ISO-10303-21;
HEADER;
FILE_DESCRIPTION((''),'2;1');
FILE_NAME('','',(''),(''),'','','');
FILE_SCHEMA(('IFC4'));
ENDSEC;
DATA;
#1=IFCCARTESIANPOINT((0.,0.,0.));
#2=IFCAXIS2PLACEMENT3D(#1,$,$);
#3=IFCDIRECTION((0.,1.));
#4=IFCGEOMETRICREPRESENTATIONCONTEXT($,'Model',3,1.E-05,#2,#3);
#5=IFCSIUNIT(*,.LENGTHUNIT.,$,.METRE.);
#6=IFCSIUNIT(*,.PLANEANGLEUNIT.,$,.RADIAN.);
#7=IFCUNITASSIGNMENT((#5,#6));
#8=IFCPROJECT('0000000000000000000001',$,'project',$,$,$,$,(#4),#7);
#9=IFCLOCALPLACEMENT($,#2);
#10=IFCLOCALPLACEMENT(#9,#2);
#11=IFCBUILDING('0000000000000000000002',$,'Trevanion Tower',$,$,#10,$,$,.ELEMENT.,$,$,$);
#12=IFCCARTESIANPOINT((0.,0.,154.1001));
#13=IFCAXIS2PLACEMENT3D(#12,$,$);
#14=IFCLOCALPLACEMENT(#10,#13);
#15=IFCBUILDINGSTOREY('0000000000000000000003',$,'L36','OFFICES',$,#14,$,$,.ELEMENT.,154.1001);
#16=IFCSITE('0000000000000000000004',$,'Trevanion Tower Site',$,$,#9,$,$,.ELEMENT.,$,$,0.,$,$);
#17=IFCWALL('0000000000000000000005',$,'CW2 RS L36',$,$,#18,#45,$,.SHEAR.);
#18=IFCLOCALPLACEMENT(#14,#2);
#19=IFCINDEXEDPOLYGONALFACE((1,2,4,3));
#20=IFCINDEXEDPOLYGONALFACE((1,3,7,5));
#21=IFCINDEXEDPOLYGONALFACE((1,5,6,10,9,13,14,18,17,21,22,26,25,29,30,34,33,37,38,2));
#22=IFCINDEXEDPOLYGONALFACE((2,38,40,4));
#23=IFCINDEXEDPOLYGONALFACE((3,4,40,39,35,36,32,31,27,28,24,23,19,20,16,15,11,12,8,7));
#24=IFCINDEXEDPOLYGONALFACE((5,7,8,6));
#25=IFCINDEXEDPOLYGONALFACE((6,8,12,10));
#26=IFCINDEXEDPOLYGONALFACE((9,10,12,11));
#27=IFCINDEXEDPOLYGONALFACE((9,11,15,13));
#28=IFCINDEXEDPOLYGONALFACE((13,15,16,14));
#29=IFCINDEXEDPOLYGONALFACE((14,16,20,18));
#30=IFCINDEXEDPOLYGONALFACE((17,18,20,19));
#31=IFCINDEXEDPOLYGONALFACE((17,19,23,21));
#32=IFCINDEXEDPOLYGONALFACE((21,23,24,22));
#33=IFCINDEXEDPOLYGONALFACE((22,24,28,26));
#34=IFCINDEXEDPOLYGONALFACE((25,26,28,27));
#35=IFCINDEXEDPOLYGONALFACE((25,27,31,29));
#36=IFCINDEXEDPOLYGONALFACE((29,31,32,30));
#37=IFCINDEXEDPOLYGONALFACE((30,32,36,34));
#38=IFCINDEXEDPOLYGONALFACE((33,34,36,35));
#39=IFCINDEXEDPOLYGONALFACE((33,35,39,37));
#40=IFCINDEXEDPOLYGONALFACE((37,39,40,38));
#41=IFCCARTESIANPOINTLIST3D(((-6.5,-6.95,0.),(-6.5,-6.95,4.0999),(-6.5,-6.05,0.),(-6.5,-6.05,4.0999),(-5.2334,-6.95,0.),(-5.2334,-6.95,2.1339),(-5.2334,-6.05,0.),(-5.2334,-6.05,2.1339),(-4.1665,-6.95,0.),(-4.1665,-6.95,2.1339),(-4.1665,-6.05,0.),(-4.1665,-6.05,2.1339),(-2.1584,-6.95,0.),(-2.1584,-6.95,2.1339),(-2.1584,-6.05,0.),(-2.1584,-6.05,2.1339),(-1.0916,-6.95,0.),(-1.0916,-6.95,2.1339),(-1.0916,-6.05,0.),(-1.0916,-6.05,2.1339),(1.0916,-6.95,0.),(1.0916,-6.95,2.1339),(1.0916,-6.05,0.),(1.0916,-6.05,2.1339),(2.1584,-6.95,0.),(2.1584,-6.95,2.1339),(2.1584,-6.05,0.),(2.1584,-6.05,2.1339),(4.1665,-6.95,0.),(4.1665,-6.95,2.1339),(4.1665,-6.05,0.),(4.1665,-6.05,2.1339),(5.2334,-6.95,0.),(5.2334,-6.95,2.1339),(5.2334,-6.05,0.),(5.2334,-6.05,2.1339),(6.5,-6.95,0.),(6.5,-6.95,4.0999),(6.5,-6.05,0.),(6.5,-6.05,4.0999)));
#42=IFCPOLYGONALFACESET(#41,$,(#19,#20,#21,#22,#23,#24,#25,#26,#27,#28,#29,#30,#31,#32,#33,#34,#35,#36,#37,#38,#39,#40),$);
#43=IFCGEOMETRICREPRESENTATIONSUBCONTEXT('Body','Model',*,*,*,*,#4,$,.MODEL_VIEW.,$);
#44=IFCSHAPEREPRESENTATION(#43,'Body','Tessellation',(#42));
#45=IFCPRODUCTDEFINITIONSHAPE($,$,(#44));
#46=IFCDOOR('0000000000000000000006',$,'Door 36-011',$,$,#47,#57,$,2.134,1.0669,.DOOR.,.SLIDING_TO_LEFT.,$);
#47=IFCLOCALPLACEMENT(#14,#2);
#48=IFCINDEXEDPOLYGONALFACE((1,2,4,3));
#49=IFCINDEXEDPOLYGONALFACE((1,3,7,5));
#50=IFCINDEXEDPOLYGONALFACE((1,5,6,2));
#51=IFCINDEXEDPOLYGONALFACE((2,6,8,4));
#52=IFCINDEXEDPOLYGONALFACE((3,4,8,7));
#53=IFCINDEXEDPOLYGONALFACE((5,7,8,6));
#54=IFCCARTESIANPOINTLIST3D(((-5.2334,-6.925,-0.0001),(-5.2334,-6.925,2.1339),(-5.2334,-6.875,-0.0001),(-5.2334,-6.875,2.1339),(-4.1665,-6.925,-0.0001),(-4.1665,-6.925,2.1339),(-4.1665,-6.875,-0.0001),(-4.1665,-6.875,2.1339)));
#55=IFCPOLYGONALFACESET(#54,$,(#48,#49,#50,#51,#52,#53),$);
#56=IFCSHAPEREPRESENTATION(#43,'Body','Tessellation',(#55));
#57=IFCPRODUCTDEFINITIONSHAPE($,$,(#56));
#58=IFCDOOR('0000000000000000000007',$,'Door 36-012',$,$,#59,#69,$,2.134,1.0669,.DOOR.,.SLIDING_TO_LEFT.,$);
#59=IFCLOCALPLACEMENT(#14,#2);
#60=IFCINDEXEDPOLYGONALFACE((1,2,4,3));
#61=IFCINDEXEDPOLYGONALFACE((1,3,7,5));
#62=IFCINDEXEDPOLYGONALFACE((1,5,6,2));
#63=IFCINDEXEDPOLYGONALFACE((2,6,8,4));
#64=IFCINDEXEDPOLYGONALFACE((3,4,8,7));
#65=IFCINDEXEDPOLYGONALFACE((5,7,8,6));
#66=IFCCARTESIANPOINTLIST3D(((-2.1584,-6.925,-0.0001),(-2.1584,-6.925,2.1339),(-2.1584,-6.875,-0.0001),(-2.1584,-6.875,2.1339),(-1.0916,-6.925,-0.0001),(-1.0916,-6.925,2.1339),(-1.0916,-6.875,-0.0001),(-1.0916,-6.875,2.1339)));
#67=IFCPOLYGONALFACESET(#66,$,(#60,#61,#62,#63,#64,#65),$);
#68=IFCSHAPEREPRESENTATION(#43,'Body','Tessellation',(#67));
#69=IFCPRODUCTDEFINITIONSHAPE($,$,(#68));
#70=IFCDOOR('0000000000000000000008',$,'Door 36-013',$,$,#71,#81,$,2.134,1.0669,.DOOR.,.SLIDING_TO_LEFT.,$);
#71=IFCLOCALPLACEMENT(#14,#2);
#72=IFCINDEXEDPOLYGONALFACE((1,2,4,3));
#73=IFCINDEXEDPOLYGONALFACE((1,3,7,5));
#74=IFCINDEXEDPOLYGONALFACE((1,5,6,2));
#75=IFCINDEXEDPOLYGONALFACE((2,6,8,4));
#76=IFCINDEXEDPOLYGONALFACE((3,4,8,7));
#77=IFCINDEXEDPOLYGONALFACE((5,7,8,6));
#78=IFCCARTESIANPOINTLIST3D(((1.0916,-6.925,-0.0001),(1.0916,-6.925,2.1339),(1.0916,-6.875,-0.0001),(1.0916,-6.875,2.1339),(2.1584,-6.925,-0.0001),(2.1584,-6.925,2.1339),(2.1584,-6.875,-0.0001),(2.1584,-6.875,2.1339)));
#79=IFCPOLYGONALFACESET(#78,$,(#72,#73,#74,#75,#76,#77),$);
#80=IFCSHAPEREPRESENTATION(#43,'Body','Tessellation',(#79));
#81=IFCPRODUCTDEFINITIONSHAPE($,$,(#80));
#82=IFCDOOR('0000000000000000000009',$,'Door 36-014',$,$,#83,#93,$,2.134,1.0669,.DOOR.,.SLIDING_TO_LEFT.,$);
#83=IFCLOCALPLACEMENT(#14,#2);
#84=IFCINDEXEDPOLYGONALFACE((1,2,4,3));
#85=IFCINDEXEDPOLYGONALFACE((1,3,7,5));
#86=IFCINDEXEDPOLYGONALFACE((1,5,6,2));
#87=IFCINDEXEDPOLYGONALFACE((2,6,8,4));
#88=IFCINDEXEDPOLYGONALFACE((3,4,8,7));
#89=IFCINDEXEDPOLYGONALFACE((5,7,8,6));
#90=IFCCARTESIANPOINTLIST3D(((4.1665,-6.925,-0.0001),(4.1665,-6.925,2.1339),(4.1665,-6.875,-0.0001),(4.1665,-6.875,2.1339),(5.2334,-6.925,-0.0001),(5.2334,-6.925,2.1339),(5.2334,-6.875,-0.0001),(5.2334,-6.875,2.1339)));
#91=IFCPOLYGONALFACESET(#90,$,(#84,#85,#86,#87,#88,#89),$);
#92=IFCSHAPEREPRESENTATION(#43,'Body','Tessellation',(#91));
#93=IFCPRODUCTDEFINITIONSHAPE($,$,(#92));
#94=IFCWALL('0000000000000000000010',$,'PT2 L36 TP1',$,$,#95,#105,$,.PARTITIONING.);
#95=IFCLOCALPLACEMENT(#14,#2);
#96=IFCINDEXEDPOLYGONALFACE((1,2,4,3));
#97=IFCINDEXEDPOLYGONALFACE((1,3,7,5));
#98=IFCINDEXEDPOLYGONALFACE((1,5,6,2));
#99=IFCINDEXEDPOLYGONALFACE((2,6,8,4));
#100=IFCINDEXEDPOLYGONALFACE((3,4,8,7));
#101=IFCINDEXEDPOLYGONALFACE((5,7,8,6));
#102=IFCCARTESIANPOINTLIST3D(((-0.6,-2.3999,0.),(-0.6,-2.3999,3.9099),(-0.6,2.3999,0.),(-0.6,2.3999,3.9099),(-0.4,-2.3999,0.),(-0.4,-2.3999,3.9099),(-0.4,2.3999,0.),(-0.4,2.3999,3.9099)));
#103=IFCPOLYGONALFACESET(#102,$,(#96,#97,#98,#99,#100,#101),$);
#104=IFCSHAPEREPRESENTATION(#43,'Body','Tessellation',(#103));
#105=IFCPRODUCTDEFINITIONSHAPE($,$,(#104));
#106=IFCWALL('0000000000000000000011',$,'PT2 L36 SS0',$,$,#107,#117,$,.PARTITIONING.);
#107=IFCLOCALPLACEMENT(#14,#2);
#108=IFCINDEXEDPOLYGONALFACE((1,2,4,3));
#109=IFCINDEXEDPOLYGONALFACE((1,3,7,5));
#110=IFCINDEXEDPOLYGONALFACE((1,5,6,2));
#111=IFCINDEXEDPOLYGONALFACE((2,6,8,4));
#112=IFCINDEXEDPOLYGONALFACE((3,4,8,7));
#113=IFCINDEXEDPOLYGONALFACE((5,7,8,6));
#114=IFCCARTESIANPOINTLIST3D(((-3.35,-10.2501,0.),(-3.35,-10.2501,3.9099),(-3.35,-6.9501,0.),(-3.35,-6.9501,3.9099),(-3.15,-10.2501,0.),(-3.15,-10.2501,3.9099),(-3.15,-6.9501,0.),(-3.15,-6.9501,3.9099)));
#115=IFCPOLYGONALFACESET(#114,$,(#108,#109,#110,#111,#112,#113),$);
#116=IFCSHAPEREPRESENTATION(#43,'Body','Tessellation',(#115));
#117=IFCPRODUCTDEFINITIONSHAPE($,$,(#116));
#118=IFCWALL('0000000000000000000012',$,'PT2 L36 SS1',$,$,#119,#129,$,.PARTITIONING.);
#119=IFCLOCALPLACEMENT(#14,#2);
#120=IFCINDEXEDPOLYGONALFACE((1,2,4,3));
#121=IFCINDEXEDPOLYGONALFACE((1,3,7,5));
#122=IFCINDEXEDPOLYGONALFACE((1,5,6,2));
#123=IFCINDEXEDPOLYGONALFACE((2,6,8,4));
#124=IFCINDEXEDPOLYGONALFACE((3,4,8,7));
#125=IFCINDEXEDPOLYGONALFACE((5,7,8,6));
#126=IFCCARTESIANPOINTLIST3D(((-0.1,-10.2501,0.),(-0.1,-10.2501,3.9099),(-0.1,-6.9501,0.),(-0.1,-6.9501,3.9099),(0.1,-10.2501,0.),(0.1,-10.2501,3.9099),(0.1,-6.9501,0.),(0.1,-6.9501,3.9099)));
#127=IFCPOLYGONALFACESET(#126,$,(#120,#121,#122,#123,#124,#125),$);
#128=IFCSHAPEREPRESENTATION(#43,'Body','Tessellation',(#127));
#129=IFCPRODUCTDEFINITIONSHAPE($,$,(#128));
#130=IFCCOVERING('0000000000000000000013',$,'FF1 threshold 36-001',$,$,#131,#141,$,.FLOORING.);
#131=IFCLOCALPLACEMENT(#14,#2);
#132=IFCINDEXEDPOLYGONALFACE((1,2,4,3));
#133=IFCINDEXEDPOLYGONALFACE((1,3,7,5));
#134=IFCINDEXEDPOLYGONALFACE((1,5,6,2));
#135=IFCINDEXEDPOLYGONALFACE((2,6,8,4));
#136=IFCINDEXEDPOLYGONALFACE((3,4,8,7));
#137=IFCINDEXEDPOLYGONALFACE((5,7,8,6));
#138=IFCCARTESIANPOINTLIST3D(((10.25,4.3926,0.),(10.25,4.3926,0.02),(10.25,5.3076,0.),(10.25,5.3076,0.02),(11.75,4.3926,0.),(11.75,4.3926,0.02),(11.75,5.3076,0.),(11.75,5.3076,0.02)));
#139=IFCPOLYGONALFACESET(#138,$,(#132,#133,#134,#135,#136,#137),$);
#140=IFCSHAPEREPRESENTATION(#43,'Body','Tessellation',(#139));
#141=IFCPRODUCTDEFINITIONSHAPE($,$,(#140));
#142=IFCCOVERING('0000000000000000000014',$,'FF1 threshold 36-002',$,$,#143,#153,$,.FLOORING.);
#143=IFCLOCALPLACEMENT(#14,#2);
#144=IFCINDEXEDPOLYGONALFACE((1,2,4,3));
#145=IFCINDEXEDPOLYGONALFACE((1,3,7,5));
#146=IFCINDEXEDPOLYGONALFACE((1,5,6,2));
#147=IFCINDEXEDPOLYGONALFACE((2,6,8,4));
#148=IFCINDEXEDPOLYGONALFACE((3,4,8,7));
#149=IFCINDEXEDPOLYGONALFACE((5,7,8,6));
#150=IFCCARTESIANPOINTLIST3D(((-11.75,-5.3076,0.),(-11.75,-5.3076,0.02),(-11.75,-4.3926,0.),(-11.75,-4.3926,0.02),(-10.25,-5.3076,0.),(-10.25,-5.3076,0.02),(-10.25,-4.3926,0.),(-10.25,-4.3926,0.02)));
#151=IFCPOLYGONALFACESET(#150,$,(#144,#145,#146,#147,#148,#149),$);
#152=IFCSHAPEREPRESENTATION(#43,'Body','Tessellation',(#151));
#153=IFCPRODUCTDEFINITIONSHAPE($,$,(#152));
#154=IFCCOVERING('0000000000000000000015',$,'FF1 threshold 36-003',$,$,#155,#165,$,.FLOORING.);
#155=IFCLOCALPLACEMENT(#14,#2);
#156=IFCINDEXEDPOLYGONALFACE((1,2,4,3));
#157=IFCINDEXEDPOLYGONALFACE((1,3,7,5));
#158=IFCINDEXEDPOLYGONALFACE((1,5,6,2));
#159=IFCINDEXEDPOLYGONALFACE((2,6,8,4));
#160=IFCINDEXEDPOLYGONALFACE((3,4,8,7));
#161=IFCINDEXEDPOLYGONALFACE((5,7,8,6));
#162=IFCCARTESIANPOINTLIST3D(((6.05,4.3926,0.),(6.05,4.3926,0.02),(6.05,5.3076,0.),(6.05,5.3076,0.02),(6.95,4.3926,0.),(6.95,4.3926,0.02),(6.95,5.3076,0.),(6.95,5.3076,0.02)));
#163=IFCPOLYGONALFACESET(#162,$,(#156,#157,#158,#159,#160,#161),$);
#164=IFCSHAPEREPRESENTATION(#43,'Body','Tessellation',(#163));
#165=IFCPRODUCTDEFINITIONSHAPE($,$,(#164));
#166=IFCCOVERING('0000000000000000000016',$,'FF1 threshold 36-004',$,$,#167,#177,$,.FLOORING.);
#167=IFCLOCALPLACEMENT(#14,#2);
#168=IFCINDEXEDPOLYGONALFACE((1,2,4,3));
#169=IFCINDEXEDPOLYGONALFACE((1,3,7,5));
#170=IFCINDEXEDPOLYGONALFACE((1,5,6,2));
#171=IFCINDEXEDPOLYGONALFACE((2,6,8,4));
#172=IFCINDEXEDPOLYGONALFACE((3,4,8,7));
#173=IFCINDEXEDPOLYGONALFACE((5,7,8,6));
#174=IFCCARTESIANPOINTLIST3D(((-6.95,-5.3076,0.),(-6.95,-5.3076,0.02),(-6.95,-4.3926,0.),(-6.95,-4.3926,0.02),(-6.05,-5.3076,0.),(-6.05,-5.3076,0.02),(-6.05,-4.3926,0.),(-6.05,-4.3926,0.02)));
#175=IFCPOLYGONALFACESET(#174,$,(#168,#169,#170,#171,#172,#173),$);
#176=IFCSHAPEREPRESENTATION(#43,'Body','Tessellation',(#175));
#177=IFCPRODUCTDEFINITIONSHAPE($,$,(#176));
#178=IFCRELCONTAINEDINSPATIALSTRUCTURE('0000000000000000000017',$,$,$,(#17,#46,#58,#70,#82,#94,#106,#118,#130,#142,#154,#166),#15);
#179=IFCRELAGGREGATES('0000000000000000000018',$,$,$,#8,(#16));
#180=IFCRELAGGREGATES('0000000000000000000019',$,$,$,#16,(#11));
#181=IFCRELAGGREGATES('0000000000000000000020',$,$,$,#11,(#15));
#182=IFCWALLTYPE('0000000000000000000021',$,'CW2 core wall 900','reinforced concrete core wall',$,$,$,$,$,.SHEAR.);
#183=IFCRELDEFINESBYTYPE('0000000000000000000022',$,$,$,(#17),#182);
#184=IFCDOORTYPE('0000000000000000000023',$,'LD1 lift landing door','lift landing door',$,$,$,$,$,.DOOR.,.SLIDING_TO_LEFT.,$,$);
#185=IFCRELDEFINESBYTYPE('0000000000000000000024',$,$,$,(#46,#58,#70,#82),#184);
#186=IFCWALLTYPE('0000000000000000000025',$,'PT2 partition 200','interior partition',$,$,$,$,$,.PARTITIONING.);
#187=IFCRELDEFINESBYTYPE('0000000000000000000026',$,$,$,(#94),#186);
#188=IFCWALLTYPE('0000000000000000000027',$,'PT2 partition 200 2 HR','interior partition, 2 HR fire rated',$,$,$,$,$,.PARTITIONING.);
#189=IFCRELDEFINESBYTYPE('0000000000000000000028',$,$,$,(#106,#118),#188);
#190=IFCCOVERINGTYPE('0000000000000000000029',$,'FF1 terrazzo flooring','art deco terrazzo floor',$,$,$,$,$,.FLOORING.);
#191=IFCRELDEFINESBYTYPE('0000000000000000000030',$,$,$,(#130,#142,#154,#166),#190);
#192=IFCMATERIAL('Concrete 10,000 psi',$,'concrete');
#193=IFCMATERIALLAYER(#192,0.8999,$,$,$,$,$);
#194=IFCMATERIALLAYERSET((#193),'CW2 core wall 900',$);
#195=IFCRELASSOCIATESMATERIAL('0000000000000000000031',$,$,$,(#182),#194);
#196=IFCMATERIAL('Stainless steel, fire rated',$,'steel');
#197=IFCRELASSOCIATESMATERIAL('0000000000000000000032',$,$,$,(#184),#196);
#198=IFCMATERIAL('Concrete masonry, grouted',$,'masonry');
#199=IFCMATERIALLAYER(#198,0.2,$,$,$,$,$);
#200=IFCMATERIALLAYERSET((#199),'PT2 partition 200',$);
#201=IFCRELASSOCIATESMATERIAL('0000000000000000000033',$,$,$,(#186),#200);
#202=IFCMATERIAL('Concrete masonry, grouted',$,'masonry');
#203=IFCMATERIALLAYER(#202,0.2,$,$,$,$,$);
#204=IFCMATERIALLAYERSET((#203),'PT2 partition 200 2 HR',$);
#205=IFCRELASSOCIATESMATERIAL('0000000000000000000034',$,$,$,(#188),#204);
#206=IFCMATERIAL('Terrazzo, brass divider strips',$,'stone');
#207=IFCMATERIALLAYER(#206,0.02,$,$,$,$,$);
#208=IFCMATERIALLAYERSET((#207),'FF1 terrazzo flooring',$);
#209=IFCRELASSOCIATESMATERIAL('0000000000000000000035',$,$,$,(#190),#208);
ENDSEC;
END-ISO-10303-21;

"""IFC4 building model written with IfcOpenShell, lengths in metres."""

from ifc_helpers import new_model, si_unit, direction, frame, frame_2d, origin, place, context, subcontext, project, spatial, polyline, rectangle, outline, extrude, material, layer, layer_set, type_object, element, fill, save


model = new_model("IFC4")

# Units and contexts
model_context = context("Model", 3, precision=1e-05, world=origin(), true_north=direction((0.0, 1.0)))
body_context = subcontext(model_context, "Body", "Model", "MODEL_VIEW")
ifc_project = project(units=[si_unit("LENGTHUNIT", "METRE"), si_unit("PLANEANGLEUNIT", "RADIAN")], contexts=[model_context])

# Site, building, storey
site_placement = place(None, origin())
site = spatial("IfcSite", under=ifc_project, at=site_placement, Name="Trevanion Tower Site", CompositionType="ELEMENT", RefElevation=0.0)
building_placement = place(site_placement, origin())
building = spatial("IfcBuilding", under=site, at=building_placement, Name="Trevanion Tower", CompositionType="ELEMENT")
storey_placement = place(building_placement, frame((0.0, 0.0, 154.1001)))
storey = spatial("IfcBuildingStorey", under=building, at=storey_placement, Name="L36", Description="OFFICES", CompositionType="ELEMENT", Elevation=154.1001)

# Wall, openings, doors
ifc_material_1 = material(Name="Concrete 10,000 psi", Category="concrete")
ifc_layer_1 = layer(ifc_material_1, 0.8999)
ifc_layer_set_1 = layer_set([ifc_layer_1], Name="CW2 core wall 900")
wall_type_1 = type_object("IfcWallType", Name="CW2 core wall 900", Description="reinforced concrete core wall", PredefinedType="SHEAR", material=ifc_layer_set_1)
wall_1_placement = place(storey_placement, frame((-6.5, -6.5, 0.0), z_axis=(0.0, 0.0, 1.0), x_axis=(1.0, 0.0, 0.0)))
wall_1 = element("IfcWall", 1, at=wall_1_placement, inside=storey, type_object=wall_type_1, Name="CW2 RS L36", PredefinedType="SHEAR", context=body_context, shape_type="SweptSolid", body=[
    extrude(rectangle(XDim=13.0, YDim=0.8999, at=frame_2d((6.5, 0.0))), origin(), (0.0, 0.0, 1.0), 4.0999),
])
opening_1_placement = place(wall_1_placement, frame((1.2666, 0.0, 0.0)))
opening_1 = element("IfcOpeningElement", 2, at=opening_1_placement, cuts=wall_1, PredefinedType="OPENING", context=body_context, shape_type="SweptSolid", body=[
    extrude(rectangle(XDim=1.0669, YDim=2.134, at=frame_2d((0.5334, 1.0669))), frame((0.0, 0.46, 0.0), z_axis=(0.0, -1.0, 0.0), x_axis=(1.0, 0.0, 0.0)), (0.0, 0.0, 1.0), 0.9199),
])
opening_2_placement = place(wall_1_placement, frame((4.3416, 0.0, 0.0)))
opening_2 = element("IfcOpeningElement", 3, at=opening_2_placement, cuts=wall_1, PredefinedType="OPENING", context=body_context, shape_type="SweptSolid", body=[
    extrude(rectangle(XDim=1.0669, YDim=2.134, at=frame_2d((0.5334, 1.0669))), frame((0.0, 0.46, 0.0), z_axis=(0.0, -1.0, 0.0), x_axis=(1.0, 0.0, 0.0)), (0.0, 0.0, 1.0), 0.9199),
])
opening_3_placement = place(wall_1_placement, frame((7.5916, 0.0, 0.0)))
opening_3 = element("IfcOpeningElement", 4, at=opening_3_placement, cuts=wall_1, PredefinedType="OPENING", context=body_context, shape_type="SweptSolid", body=[
    extrude(rectangle(XDim=1.0669, YDim=2.134, at=frame_2d((0.5334, 1.0669))), frame((0.0, 0.46, 0.0), z_axis=(0.0, -1.0, 0.0), x_axis=(1.0, 0.0, 0.0)), (0.0, 0.0, 1.0), 0.9199),
])
opening_4_placement = place(wall_1_placement, frame((10.6665, 0.0, 0.0)))
opening_4 = element("IfcOpeningElement", 5, at=opening_4_placement, cuts=wall_1, PredefinedType="OPENING", context=body_context, shape_type="SweptSolid", body=[
    extrude(rectangle(XDim=1.0669, YDim=2.134, at=frame_2d((0.5334, 1.0669))), frame((0.0, 0.46, 0.0), z_axis=(0.0, -1.0, 0.0), x_axis=(1.0, 0.0, 0.0)), (0.0, 0.0, 1.0), 0.9199),
])
ifc_material_2 = material(Name="Stainless steel, fire rated", Category="steel")
door_type = type_object("IfcDoorType", Name="LD1 lift landing door", Description="lift landing door", OperationType="SLIDING_TO_LEFT", PredefinedType="DOOR", material=ifc_material_2)
door_1_placement = place(opening_1_placement, origin())
door_1 = element("IfcDoor", 6, at=door_1_placement, inside=storey, type_object=door_type, Name="Door 36-011", OperationType="SLIDING_TO_LEFT", OverallHeight=2.134, OverallWidth=1.0669, PredefinedType="DOOR", context=body_context, shape_type="SweptSolid", body=[
    extrude(rectangle(XDim=1.0669, YDim=2.134, at=frame_2d((0.5334, 1.0669))), frame((0.0, -0.375, 0.0), z_axis=(0.0, -1.0, 0.0), x_axis=(1.0, 0.0, 0.0)), (0.0, 0.0, 1.0), 0.05),
])
fill(opening_1, door_1)
door_2_placement = place(opening_2_placement, origin())
door_2 = element("IfcDoor", 7, at=door_2_placement, inside=storey, type_object=door_type, Name="Door 36-012", OperationType="SLIDING_TO_LEFT", OverallHeight=2.134, OverallWidth=1.0669, PredefinedType="DOOR", context=body_context, shape_type="SweptSolid", body=[
    extrude(rectangle(XDim=1.0669, YDim=2.134, at=frame_2d((0.5334, 1.0669))), frame((0.0, -0.375, 0.0), z_axis=(0.0, -1.0, 0.0), x_axis=(1.0, 0.0, 0.0)), (0.0, 0.0, 1.0), 0.05),
])
fill(opening_2, door_2)
door_3_placement = place(opening_3_placement, origin())
door_3 = element("IfcDoor", 8, at=door_3_placement, inside=storey, type_object=door_type, Name="Door 36-013", OperationType="SLIDING_TO_LEFT", OverallHeight=2.134, OverallWidth=1.0669, PredefinedType="DOOR", context=body_context, shape_type="SweptSolid", body=[
    extrude(rectangle(XDim=1.0669, YDim=2.134, at=frame_2d((0.5334, 1.0669))), frame((0.0, -0.375, 0.0), z_axis=(0.0, -1.0, 0.0), x_axis=(1.0, 0.0, 0.0)), (0.0, 0.0, 1.0), 0.05),
])
fill(opening_3, door_3)
door_4_placement = place(opening_4_placement, origin())
door_4 = element("IfcDoor", 9, at=door_4_placement, inside=storey, type_object=door_type, Name="Door 36-014", OperationType="SLIDING_TO_LEFT", OverallHeight=2.134, OverallWidth=1.0669, PredefinedType="DOOR", context=body_context, shape_type="SweptSolid", body=[
    extrude(rectangle(XDim=1.0669, YDim=2.134, at=frame_2d((0.5334, 1.0669))), frame((0.0, -0.375, 0.0), z_axis=(0.0, -1.0, 0.0), x_axis=(1.0, 0.0, 0.0)), (0.0, 0.0, 1.0), 0.05),
])
fill(opening_4, door_4)

# Walls
ifc_material_3 = material(Name="Concrete masonry, grouted", Category="masonry")
ifc_layer_2 = layer(ifc_material_3, 0.2)
ifc_layer_set_2 = layer_set([ifc_layer_2], Name="PT2 partition 200")
wall_type_2 = type_object("IfcWallType", Name="PT2 partition 200", Description="interior partition", PredefinedType="PARTITIONING", material=ifc_layer_set_2)
wall_2_placement = place(storey_placement, frame((-0.5, -2.3999, 0.0), z_axis=(0.0, 0.0, 1.0), x_axis=(0.0, 1.0, 0.0)))
element("IfcWall", 10, at=wall_2_placement, inside=storey, type_object=wall_type_2, Name="PT2 L36 TP1", PredefinedType="PARTITIONING", context=body_context, shape_type="SweptSolid", body=[
    extrude(rectangle(XDim=4.7998, YDim=0.2, at=frame_2d((2.3999, 0.0))), origin(), (0.0, 0.0, 1.0), 3.9099),
])
ifc_material_4 = material(Name="Concrete masonry, grouted", Category="masonry")
ifc_layer_3 = layer(ifc_material_4, 0.2)
ifc_layer_set_3 = layer_set([ifc_layer_3], Name="PT2 partition 200 2 HR")
wall_type_3 = type_object("IfcWallType", Name="PT2 partition 200 2 HR", Description="interior partition, 2 HR fire rated", PredefinedType="PARTITIONING", material=ifc_layer_set_3)
for number, where, z_axis, x_axis, name in (
    (11, (-3.25, -10.25, 0.0), (0.0, 0.0, 1.0), (0.0, 1.0, 0.0), "PT2 L36 SS0"),
    (12, (0.0, -10.25, 0.0), (0.0, 0.0, 1.0), (0.0, 1.0, 0.0), "PT2 L36 SS1"),
):
    element("IfcWall", number, at=place(storey_placement, frame(where, z_axis=z_axis, x_axis=x_axis)), inside=storey, type_object=wall_type_3, Name=name, PredefinedType="PARTITIONING", context=body_context, shape_type="SweptSolid", body=[
        extrude(rectangle(XDim=3.3, YDim=0.2, at=frame_2d((1.6499, 0.0))), origin(), (0.0, 0.0, 1.0), 3.9099),
    ])

# Coverings
ifc_material_5 = material(Name="Terrazzo, brass divider strips", Category="stone")
ifc_layer_4 = layer(ifc_material_5, 0.02)
ifc_layer_set_4 = layer_set([ifc_layer_4], Name="FF1 terrazzo flooring")
covering_type = type_object("IfcCoveringType", Name="FF1 terrazzo flooring", Description="art deco terrazzo floor", PredefinedType="FLOORING", material=ifc_layer_set_4)
covering_1_placement = place(storey_placement, origin())
element("IfcCovering", 13, at=covering_1_placement, inside=storey, type_object=covering_type, Name="FF1 threshold 36-001", PredefinedType="FLOORING", context=body_context, shape_type="SweptSolid", body=[
    extrude(outline(polyline([(11.75, 4.3926), (11.75, 5.3076), (10.25, 5.3076), (10.25, 4.3926), (11.75, 4.3926)])), origin(), (0.0, 0.0, 1.0), 0.02),
])
covering_2_placement = place(storey_placement, origin())
element("IfcCovering", 14, at=covering_2_placement, inside=storey, type_object=covering_type, Name="FF1 threshold 36-002", PredefinedType="FLOORING", context=body_context, shape_type="SweptSolid", body=[
    extrude(outline(polyline([(-11.75, -4.3926), (-11.75, -5.3076), (-10.25, -5.3076), (-10.25, -4.3926), (-11.75, -4.3926)])), origin(), (0.0, 0.0, 1.0), 0.02),
])
covering_3_placement = place(storey_placement, origin())
element("IfcCovering", 15, at=covering_3_placement, inside=storey, type_object=covering_type, Name="FF1 threshold 36-003", PredefinedType="FLOORING", context=body_context, shape_type="SweptSolid", body=[
    extrude(outline(polyline([(6.95, 4.3926), (6.95, 5.3076), (6.05, 5.3076), (6.05, 4.3926), (6.95, 4.3926)])), origin(), (0.0, 0.0, 1.0), 0.02),
])
covering_4_placement = place(storey_placement, origin())
element("IfcCovering", 16, at=covering_4_placement, inside=storey, type_object=covering_type, Name="FF1 threshold 36-004", PredefinedType="FLOORING", context=body_context, shape_type="SweptSolid", body=[
    extrude(outline(polyline([(-6.95, -4.3926), (-6.95, -5.3076), (-6.05, -5.3076), (-6.05, -4.3926), (-6.95, -4.3926)])), origin(), (0.0, 0.0, 1.0), 0.02),
])

save(model, "model.ifc")
